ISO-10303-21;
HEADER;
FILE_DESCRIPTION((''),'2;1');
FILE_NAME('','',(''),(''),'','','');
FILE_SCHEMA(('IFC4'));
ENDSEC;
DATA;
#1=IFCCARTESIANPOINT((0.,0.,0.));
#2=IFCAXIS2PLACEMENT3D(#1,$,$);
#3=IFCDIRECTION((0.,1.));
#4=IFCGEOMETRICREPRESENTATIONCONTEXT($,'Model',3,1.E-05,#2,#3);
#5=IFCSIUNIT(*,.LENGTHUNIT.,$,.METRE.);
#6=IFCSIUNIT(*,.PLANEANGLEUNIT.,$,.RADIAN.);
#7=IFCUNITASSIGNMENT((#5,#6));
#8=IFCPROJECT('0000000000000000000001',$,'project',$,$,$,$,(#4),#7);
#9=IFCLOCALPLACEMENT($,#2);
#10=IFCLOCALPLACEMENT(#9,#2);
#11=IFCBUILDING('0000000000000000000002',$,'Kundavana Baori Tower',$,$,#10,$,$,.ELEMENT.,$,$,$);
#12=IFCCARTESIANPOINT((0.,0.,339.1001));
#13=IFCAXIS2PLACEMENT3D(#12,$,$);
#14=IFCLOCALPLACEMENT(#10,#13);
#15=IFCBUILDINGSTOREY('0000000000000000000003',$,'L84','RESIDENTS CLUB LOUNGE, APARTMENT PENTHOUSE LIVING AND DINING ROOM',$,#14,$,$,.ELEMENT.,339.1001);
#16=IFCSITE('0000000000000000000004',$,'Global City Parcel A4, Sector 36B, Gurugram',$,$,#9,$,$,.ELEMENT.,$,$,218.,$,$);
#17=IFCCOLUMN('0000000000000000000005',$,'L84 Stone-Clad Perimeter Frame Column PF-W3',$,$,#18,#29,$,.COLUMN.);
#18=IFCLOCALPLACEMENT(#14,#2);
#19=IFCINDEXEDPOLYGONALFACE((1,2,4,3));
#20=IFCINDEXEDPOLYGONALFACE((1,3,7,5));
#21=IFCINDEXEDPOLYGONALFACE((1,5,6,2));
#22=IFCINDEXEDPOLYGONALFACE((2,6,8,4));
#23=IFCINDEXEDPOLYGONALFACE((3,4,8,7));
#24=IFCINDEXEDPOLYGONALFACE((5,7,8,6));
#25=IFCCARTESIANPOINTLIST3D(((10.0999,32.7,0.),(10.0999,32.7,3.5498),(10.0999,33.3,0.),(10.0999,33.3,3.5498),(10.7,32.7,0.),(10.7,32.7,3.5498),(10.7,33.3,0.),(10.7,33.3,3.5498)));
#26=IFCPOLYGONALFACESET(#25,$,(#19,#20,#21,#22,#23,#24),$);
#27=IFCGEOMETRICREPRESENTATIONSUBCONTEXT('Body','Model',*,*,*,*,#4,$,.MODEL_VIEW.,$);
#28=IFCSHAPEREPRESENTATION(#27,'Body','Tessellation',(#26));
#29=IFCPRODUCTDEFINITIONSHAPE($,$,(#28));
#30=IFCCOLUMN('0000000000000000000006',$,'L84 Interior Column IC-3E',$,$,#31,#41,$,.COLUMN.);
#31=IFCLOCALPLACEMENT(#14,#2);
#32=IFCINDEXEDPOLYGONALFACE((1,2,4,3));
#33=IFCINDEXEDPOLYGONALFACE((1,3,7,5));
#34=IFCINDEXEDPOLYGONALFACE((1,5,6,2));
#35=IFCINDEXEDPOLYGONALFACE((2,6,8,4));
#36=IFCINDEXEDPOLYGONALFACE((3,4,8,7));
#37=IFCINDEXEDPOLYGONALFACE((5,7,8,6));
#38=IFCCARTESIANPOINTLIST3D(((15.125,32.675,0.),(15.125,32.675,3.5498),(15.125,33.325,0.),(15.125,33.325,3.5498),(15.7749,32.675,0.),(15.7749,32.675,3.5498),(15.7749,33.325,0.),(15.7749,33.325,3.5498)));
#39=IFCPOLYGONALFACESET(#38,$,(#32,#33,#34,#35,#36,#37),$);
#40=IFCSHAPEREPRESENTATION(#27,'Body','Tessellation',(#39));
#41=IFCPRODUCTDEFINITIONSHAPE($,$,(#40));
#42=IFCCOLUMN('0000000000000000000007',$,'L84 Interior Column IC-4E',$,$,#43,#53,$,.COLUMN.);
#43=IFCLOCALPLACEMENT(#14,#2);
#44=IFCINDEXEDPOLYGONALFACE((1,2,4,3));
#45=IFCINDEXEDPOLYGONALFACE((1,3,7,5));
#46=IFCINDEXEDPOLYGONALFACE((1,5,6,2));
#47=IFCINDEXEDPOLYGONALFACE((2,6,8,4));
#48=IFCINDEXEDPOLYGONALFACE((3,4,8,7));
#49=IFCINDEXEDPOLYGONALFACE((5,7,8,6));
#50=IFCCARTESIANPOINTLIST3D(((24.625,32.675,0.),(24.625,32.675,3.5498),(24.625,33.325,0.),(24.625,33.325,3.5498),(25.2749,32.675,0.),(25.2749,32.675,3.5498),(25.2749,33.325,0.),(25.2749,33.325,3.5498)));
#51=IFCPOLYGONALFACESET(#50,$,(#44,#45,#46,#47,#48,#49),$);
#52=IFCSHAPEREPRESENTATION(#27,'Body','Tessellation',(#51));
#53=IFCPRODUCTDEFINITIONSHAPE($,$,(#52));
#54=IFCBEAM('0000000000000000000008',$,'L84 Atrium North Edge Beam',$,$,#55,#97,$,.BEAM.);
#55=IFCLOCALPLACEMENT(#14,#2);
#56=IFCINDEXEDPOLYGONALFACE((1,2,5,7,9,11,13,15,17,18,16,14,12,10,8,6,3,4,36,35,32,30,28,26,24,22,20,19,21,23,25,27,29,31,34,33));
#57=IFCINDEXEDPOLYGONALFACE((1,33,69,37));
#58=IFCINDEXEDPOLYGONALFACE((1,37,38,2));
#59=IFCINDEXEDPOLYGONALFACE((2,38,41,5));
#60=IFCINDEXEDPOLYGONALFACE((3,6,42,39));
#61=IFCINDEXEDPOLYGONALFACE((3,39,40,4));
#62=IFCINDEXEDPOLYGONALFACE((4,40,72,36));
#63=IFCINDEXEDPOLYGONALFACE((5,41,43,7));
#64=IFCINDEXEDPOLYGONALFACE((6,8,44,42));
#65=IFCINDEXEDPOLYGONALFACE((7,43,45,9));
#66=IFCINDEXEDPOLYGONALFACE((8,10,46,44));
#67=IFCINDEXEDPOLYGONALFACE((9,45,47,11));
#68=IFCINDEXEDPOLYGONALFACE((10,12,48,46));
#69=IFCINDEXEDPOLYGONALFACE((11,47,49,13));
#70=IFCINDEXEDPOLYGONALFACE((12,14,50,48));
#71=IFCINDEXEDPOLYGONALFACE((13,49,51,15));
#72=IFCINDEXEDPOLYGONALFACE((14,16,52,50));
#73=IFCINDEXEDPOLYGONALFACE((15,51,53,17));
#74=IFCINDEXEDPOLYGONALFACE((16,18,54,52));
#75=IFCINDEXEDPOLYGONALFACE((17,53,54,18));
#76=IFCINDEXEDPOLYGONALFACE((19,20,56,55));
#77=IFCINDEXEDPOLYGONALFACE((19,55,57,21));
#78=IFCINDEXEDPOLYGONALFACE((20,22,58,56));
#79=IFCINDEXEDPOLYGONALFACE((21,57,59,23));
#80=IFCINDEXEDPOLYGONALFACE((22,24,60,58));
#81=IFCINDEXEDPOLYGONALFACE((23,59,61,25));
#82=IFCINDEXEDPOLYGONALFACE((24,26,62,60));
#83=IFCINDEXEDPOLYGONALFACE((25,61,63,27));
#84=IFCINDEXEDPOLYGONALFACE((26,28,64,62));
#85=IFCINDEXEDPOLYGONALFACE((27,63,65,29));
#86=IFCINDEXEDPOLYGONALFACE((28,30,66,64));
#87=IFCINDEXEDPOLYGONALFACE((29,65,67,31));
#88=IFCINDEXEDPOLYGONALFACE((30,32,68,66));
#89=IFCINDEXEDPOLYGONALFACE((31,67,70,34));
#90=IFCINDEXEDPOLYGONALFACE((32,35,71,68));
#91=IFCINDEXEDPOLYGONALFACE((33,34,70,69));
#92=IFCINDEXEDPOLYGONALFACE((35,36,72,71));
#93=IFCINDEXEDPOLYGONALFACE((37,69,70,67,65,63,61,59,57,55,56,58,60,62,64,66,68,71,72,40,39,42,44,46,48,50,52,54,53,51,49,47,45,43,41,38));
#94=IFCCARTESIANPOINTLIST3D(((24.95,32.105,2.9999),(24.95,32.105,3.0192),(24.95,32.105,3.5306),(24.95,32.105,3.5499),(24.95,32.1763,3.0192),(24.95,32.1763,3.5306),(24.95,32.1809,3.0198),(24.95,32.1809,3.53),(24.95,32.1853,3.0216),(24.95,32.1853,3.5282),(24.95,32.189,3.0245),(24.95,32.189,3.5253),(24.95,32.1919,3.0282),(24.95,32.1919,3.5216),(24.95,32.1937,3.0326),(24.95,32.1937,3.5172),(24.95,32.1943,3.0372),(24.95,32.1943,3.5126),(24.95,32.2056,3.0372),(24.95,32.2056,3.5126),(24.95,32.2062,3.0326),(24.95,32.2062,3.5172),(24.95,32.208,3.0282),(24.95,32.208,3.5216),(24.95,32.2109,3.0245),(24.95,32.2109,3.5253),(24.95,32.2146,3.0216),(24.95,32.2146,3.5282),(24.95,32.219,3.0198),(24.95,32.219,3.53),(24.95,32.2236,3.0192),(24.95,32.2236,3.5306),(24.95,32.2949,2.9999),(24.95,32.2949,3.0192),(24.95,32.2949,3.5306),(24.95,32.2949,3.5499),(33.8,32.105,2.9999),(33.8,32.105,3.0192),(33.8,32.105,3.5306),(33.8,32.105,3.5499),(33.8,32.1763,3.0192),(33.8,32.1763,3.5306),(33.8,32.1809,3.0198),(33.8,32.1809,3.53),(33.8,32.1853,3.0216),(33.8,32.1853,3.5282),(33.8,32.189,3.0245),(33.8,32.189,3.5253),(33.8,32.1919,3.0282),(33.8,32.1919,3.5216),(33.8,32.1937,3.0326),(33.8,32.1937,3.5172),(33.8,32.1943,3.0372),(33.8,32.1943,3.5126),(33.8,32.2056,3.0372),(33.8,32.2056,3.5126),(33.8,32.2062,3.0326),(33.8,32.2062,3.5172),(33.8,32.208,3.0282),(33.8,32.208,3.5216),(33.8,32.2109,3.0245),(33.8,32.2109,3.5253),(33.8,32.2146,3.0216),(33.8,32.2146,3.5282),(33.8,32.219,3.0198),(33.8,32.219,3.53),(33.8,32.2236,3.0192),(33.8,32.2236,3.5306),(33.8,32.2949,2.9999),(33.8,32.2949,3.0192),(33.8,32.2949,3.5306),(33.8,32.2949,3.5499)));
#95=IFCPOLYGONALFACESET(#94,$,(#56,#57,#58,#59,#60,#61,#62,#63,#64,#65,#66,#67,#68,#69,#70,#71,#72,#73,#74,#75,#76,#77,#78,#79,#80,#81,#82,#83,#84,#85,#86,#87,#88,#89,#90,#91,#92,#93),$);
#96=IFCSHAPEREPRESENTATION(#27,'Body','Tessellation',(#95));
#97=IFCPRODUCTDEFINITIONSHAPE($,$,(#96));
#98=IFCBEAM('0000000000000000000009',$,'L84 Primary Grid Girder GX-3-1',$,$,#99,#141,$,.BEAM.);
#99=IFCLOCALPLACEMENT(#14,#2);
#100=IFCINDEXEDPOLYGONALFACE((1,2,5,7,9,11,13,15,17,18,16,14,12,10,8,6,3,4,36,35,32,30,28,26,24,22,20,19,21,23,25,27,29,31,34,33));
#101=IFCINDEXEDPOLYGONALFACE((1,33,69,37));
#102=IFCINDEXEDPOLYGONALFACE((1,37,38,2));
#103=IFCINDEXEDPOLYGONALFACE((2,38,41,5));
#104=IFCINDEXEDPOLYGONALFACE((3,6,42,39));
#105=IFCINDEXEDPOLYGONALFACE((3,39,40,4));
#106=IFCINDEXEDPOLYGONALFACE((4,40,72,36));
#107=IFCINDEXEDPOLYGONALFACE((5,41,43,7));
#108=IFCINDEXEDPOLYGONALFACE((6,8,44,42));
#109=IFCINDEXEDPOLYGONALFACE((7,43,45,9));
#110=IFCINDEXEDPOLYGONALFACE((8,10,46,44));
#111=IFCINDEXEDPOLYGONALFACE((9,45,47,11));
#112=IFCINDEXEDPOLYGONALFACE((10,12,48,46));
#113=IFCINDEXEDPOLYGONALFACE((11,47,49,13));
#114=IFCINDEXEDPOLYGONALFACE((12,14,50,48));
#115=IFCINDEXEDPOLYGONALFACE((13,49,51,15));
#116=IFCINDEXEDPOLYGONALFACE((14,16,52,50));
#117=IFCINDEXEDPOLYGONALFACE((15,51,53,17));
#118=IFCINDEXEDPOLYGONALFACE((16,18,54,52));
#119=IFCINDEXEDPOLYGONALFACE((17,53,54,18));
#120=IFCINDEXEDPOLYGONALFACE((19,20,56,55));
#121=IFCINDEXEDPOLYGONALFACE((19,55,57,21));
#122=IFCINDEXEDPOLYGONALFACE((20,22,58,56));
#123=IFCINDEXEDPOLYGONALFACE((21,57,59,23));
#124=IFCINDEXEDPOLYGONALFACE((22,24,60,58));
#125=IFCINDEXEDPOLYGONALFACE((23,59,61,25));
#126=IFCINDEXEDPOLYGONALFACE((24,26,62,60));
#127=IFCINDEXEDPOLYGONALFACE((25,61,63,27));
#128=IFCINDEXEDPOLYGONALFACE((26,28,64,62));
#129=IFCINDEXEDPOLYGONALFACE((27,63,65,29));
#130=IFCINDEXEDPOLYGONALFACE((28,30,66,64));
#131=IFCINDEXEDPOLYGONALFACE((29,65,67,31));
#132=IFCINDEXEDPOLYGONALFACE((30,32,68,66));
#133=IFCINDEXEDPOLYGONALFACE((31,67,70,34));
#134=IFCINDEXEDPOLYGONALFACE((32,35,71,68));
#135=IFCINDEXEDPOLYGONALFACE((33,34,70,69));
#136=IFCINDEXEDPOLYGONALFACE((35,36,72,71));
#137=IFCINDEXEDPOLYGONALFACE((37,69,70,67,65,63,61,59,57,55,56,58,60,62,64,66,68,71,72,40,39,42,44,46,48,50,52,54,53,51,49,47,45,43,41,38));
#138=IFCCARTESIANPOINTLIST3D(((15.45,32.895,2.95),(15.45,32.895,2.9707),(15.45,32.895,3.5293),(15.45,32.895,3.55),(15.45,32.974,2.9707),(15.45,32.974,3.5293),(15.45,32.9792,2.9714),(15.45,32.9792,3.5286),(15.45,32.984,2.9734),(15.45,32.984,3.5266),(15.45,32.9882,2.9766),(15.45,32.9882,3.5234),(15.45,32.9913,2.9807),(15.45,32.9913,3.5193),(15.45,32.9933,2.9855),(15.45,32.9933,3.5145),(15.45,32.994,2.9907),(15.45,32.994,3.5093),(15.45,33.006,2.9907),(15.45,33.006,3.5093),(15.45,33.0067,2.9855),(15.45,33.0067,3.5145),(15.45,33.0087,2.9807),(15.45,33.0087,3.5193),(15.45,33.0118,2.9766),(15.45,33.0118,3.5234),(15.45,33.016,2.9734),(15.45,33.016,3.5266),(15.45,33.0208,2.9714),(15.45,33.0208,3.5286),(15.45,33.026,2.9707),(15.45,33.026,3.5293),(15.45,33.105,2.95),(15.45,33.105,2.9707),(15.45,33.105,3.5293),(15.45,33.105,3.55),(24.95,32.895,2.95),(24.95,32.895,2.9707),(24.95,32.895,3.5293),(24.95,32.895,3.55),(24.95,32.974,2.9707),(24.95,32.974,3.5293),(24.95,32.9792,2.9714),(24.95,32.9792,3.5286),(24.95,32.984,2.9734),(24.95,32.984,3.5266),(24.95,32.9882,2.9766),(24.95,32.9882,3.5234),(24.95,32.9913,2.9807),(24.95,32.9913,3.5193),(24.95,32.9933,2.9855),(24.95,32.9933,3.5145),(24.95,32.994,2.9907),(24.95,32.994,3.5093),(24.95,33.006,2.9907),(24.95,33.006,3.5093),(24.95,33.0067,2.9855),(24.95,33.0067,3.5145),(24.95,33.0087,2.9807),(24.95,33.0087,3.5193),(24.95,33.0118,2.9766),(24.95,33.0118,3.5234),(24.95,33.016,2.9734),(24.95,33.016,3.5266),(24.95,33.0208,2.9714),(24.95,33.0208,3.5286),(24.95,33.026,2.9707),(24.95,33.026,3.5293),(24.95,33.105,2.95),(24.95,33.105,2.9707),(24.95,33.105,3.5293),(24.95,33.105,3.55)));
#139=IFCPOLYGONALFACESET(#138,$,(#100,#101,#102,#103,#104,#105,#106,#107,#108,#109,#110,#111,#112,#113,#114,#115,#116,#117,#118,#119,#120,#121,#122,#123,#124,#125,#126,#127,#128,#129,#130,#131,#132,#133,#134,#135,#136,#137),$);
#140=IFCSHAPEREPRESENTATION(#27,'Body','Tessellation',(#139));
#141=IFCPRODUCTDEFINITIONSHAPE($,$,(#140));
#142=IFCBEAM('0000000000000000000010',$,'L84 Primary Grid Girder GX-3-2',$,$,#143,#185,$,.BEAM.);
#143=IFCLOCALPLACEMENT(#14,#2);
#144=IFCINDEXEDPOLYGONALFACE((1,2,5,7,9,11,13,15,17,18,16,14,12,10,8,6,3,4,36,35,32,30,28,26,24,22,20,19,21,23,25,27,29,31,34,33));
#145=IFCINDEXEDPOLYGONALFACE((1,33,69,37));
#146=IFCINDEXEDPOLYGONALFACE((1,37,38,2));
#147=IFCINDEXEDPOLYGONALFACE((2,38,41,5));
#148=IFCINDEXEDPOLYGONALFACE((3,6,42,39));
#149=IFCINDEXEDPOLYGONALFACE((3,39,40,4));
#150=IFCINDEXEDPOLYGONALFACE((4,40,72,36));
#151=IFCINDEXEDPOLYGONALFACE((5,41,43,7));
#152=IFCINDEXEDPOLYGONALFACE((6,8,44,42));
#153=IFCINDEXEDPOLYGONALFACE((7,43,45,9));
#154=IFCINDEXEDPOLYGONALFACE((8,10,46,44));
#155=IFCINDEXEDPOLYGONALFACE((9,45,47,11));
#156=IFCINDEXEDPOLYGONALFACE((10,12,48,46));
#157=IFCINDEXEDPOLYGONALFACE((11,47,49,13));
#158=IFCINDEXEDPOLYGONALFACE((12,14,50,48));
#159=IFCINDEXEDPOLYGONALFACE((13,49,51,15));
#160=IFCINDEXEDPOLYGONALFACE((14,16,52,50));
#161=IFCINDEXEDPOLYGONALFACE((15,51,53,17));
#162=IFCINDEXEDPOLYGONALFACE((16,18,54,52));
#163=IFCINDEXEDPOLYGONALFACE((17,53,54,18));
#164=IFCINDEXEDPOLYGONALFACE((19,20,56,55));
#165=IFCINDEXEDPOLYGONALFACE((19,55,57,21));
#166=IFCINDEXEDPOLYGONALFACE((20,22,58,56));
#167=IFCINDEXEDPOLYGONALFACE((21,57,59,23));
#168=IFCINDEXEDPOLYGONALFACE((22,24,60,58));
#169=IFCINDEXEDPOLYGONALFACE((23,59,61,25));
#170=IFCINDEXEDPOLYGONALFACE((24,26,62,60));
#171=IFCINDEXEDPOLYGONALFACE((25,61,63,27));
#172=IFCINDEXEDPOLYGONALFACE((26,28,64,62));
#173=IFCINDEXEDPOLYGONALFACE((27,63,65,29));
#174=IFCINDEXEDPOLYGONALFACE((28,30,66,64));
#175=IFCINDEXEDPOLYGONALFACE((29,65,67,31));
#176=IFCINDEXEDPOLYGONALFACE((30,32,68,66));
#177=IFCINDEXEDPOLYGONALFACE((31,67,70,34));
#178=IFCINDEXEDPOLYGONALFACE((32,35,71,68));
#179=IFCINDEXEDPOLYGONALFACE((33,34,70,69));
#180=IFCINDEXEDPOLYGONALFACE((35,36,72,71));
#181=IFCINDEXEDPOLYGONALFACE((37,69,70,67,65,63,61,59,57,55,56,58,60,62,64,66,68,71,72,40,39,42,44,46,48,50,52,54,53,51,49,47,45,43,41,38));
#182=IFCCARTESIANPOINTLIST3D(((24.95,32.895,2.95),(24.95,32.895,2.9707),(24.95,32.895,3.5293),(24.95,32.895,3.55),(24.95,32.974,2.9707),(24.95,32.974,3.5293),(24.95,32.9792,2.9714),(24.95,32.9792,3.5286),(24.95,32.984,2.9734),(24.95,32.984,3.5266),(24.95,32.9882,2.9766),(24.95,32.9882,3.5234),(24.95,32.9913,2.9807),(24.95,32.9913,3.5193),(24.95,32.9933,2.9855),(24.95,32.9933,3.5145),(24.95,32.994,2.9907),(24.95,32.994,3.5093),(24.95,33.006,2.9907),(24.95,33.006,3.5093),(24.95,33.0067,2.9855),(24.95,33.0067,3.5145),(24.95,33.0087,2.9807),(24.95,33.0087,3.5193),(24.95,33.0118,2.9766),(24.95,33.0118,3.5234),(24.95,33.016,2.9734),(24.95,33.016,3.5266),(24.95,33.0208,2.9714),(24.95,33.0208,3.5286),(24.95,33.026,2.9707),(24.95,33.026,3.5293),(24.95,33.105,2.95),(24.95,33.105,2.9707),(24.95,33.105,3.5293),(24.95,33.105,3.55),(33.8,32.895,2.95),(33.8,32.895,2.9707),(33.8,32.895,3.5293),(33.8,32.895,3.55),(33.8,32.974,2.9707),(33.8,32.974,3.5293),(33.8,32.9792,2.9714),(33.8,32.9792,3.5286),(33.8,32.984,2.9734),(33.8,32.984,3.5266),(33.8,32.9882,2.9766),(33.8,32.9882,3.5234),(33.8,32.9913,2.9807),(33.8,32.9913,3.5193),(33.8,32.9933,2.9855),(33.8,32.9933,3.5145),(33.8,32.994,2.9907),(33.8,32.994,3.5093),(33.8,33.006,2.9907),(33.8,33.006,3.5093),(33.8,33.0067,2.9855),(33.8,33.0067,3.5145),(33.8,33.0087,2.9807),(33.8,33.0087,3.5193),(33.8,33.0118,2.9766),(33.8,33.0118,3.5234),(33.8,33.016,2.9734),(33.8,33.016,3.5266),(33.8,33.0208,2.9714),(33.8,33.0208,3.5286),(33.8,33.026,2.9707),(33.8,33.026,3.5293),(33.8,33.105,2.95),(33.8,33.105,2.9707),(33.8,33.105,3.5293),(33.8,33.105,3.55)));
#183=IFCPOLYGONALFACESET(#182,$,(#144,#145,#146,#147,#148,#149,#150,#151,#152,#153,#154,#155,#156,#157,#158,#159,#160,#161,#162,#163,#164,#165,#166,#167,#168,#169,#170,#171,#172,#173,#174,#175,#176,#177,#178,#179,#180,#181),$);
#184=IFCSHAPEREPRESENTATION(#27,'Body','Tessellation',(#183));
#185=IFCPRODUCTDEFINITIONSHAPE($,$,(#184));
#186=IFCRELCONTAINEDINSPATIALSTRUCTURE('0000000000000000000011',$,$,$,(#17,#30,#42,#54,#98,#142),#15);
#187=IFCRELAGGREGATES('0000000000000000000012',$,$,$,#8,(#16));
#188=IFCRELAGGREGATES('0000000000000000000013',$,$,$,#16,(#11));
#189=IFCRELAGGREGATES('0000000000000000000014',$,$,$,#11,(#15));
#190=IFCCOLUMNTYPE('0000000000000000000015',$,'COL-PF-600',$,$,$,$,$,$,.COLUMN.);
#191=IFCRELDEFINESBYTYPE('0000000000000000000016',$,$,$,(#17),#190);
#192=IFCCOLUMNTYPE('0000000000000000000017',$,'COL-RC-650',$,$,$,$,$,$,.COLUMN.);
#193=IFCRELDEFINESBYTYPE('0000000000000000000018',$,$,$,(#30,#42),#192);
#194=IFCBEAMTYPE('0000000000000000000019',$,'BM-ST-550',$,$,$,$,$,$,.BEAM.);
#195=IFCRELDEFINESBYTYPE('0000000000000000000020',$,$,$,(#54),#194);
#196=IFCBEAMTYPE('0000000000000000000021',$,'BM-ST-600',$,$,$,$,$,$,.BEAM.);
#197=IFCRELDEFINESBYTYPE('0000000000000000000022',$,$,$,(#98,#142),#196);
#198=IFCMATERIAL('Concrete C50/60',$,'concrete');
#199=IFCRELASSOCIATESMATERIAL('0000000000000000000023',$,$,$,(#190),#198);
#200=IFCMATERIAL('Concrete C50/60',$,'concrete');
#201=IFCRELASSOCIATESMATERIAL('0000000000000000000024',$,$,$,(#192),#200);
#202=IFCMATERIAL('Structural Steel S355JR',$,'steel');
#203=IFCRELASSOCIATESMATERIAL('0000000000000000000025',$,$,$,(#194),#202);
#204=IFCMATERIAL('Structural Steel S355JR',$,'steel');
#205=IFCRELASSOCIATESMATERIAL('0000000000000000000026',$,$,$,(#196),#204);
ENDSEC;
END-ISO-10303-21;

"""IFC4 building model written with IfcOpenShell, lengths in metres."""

from ifc_helpers import new_model, si_unit, direction, frame, origin, origin_2d, place, context, subcontext, project, spatial, rectangle, i_section, extrude, material, material_profile, profile_set, type_object, element, save


model = new_model("IFC4")

# Units and contexts
model_context = context("Model", 3, precision=1e-05, world=origin(), true_north=direction((0.0, 1.0)))
body_context = subcontext(model_context, "Body", "Model", "MODEL_VIEW")
ifc_project = project(units=[si_unit("LENGTHUNIT", "METRE"), si_unit("PLANEANGLEUNIT", "RADIAN")], contexts=[model_context])

# Site, building, storey
site_placement = place(None, origin())
site = spatial("IfcSite", under=ifc_project, at=site_placement, Name="Global City Parcel A4, Sector 36B, Gurugram", CompositionType="ELEMENT", RefElevation=218.0)
building_placement = place(site_placement, origin())
building = spatial("IfcBuilding", under=site, at=building_placement, Name="Kundavana Baori Tower", CompositionType="ELEMENT")
storey_placement = place(building_placement, frame((0.0, 0.0, 339.1001)))
storey = spatial("IfcBuildingStorey", under=building, at=storey_placement, Name="L84", Description="RESIDENTS CLUB LOUNGE, APARTMENT PENTHOUSE LIVING AND DINING ROOM", CompositionType="ELEMENT", Elevation=339.1001)

# Columns
ifc_material_1 = material(Name="Concrete C50/60", Category="concrete")
ifc_material_profile_1 = material_profile(ifc_material_1, rectangle(XDim=0.6001, YDim=0.6001, at=origin_2d()), Name="RC PF 600x600")
ifc_profile_set_1 = profile_set([ifc_material_profile_1], Name="Concrete C50/60")
column_type_1 = type_object("IfcColumnType", Name="COL-PF-600", PredefinedType="COLUMN", material=ifc_profile_set_1)
column_placement = place(storey_placement, frame((10.3999, 33.0, 0.0), z_axis=(0.0, 0.0, 1.0), x_axis=(1.0, 0.0, 0.0)))
element("IfcColumn", 1, at=column_placement, inside=storey, type_object=column_type_1, Name="L84 Stone-Clad Perimeter Frame Column PF-W3", PredefinedType="COLUMN", context=body_context, shape_type="SweptSolid", body=[
    extrude(rectangle(XDim=0.6001, YDim=0.6001, at=origin_2d()), origin(), (0.0, 0.0, 1.0), 3.5498),
])
ifc_material_2 = material(Name="Concrete C50/60", Category="concrete")
ifc_material_profile_2 = material_profile(ifc_material_2, rectangle(XDim=0.6499, YDim=0.6499, at=origin_2d()), Name="RC 650x650")
ifc_profile_set_2 = profile_set([ifc_material_profile_2], Name="Concrete C50/60")
column_type_2 = type_object("IfcColumnType", Name="COL-RC-650", PredefinedType="COLUMN", material=ifc_profile_set_2)
for number, where, z_axis, x_axis, name in (
    (2, (15.45, 33.0, 0.0), (0.0, 0.0, 1.0), (1.0, 0.0, 0.0), "L84 Interior Column IC-3E"),
    (3, (24.95, 33.0, 0.0), (0.0, 0.0, 1.0), (1.0, 0.0, 0.0), "L84 Interior Column IC-4E"),
):
    element("IfcColumn", number, at=place(storey_placement, frame(where, z_axis=z_axis, x_axis=x_axis)), inside=storey, type_object=column_type_2, Name=name, PredefinedType="COLUMN", context=body_context, shape_type="SweptSolid", body=[
        extrude(rectangle(XDim=0.6499, YDim=0.6499, at=origin_2d()), origin(), (0.0, 0.0, 1.0), 3.5498),
    ])

# Beams
ifc_material_3 = material(Name="Structural Steel S355JR", Category="steel")
ifc_material_profile_3 = material_profile(ifc_material_3, i_section(OverallWidth=0.1899, OverallDepth=0.55, WebThickness=0.0112, FlangeThickness=0.0193, FilletRadius=0.0181, at=origin_2d()), Name="ISMB 550")
ifc_profile_set_3 = profile_set([ifc_material_profile_3], Name="Structural Steel S355JR")
beam_type_1 = type_object("IfcBeamType", Name="BM-ST-550", PredefinedType="BEAM", material=ifc_profile_set_3)
beam_1_placement = place(storey_placement, frame((24.95, 32.2, 3.2749), z_axis=(1.0, 0.0, 0.0), x_axis=(0.0, 1.0, 0.0)))
element("IfcBeam", 4, at=beam_1_placement, inside=storey, type_object=beam_type_1, Name="L84 Atrium North Edge Beam", PredefinedType="BEAM", context=body_context, shape_type="SweptSolid", body=[
    extrude(i_section(OverallWidth=0.1899, OverallDepth=0.55, WebThickness=0.0112, FlangeThickness=0.0193, FilletRadius=0.0181, at=origin_2d()), origin(), (0.0, 0.0, 1.0), 8.8501),
])
ifc_material_4 = material(Name="Structural Steel S355JR", Category="steel")
ifc_material_profile_4 = material_profile(ifc_material_4, i_section(OverallWidth=0.21, OverallDepth=0.6001, WebThickness=0.012, FlangeThickness=0.0208, FilletRadius=0.02, at=origin_2d()), Name="ISMB 600")
ifc_profile_set_4 = profile_set([ifc_material_profile_4], Name="Structural Steel S355JR")
beam_type_2 = type_object("IfcBeamType", Name="BM-ST-600", PredefinedType="BEAM", material=ifc_profile_set_4)
beam_2_placement = place(storey_placement, frame((15.45, 33.0, 3.25), z_axis=(1.0, 0.0, 0.0), x_axis=(0.0, 1.0, 0.0)))
element("IfcBeam", 5, at=beam_2_placement, inside=storey, type_object=beam_type_2, Name="L84 Primary Grid Girder GX-3-1", PredefinedType="BEAM", context=body_context, shape_type="SweptSolid", body=[
    extrude(i_section(OverallWidth=0.21, OverallDepth=0.6001, WebThickness=0.012, FlangeThickness=0.0208, FilletRadius=0.02, at=origin_2d()), origin(), (0.0, 0.0, 1.0), 9.5),
])
beam_3_placement = place(storey_placement, frame((24.95, 33.0, 3.25), z_axis=(1.0, 0.0, 0.0), x_axis=(0.0, 1.0, 0.0)))
element("IfcBeam", 6, at=beam_3_placement, inside=storey, type_object=beam_type_2, Name="L84 Primary Grid Girder GX-3-2", PredefinedType="BEAM", context=body_context, shape_type="SweptSolid", body=[
    extrude(i_section(OverallWidth=0.21, OverallDepth=0.6001, WebThickness=0.012, FlangeThickness=0.0208, FilletRadius=0.02, at=origin_2d()), origin(), (0.0, 0.0, 1.0), 8.8501),
])

save(model, "model.ifc")
